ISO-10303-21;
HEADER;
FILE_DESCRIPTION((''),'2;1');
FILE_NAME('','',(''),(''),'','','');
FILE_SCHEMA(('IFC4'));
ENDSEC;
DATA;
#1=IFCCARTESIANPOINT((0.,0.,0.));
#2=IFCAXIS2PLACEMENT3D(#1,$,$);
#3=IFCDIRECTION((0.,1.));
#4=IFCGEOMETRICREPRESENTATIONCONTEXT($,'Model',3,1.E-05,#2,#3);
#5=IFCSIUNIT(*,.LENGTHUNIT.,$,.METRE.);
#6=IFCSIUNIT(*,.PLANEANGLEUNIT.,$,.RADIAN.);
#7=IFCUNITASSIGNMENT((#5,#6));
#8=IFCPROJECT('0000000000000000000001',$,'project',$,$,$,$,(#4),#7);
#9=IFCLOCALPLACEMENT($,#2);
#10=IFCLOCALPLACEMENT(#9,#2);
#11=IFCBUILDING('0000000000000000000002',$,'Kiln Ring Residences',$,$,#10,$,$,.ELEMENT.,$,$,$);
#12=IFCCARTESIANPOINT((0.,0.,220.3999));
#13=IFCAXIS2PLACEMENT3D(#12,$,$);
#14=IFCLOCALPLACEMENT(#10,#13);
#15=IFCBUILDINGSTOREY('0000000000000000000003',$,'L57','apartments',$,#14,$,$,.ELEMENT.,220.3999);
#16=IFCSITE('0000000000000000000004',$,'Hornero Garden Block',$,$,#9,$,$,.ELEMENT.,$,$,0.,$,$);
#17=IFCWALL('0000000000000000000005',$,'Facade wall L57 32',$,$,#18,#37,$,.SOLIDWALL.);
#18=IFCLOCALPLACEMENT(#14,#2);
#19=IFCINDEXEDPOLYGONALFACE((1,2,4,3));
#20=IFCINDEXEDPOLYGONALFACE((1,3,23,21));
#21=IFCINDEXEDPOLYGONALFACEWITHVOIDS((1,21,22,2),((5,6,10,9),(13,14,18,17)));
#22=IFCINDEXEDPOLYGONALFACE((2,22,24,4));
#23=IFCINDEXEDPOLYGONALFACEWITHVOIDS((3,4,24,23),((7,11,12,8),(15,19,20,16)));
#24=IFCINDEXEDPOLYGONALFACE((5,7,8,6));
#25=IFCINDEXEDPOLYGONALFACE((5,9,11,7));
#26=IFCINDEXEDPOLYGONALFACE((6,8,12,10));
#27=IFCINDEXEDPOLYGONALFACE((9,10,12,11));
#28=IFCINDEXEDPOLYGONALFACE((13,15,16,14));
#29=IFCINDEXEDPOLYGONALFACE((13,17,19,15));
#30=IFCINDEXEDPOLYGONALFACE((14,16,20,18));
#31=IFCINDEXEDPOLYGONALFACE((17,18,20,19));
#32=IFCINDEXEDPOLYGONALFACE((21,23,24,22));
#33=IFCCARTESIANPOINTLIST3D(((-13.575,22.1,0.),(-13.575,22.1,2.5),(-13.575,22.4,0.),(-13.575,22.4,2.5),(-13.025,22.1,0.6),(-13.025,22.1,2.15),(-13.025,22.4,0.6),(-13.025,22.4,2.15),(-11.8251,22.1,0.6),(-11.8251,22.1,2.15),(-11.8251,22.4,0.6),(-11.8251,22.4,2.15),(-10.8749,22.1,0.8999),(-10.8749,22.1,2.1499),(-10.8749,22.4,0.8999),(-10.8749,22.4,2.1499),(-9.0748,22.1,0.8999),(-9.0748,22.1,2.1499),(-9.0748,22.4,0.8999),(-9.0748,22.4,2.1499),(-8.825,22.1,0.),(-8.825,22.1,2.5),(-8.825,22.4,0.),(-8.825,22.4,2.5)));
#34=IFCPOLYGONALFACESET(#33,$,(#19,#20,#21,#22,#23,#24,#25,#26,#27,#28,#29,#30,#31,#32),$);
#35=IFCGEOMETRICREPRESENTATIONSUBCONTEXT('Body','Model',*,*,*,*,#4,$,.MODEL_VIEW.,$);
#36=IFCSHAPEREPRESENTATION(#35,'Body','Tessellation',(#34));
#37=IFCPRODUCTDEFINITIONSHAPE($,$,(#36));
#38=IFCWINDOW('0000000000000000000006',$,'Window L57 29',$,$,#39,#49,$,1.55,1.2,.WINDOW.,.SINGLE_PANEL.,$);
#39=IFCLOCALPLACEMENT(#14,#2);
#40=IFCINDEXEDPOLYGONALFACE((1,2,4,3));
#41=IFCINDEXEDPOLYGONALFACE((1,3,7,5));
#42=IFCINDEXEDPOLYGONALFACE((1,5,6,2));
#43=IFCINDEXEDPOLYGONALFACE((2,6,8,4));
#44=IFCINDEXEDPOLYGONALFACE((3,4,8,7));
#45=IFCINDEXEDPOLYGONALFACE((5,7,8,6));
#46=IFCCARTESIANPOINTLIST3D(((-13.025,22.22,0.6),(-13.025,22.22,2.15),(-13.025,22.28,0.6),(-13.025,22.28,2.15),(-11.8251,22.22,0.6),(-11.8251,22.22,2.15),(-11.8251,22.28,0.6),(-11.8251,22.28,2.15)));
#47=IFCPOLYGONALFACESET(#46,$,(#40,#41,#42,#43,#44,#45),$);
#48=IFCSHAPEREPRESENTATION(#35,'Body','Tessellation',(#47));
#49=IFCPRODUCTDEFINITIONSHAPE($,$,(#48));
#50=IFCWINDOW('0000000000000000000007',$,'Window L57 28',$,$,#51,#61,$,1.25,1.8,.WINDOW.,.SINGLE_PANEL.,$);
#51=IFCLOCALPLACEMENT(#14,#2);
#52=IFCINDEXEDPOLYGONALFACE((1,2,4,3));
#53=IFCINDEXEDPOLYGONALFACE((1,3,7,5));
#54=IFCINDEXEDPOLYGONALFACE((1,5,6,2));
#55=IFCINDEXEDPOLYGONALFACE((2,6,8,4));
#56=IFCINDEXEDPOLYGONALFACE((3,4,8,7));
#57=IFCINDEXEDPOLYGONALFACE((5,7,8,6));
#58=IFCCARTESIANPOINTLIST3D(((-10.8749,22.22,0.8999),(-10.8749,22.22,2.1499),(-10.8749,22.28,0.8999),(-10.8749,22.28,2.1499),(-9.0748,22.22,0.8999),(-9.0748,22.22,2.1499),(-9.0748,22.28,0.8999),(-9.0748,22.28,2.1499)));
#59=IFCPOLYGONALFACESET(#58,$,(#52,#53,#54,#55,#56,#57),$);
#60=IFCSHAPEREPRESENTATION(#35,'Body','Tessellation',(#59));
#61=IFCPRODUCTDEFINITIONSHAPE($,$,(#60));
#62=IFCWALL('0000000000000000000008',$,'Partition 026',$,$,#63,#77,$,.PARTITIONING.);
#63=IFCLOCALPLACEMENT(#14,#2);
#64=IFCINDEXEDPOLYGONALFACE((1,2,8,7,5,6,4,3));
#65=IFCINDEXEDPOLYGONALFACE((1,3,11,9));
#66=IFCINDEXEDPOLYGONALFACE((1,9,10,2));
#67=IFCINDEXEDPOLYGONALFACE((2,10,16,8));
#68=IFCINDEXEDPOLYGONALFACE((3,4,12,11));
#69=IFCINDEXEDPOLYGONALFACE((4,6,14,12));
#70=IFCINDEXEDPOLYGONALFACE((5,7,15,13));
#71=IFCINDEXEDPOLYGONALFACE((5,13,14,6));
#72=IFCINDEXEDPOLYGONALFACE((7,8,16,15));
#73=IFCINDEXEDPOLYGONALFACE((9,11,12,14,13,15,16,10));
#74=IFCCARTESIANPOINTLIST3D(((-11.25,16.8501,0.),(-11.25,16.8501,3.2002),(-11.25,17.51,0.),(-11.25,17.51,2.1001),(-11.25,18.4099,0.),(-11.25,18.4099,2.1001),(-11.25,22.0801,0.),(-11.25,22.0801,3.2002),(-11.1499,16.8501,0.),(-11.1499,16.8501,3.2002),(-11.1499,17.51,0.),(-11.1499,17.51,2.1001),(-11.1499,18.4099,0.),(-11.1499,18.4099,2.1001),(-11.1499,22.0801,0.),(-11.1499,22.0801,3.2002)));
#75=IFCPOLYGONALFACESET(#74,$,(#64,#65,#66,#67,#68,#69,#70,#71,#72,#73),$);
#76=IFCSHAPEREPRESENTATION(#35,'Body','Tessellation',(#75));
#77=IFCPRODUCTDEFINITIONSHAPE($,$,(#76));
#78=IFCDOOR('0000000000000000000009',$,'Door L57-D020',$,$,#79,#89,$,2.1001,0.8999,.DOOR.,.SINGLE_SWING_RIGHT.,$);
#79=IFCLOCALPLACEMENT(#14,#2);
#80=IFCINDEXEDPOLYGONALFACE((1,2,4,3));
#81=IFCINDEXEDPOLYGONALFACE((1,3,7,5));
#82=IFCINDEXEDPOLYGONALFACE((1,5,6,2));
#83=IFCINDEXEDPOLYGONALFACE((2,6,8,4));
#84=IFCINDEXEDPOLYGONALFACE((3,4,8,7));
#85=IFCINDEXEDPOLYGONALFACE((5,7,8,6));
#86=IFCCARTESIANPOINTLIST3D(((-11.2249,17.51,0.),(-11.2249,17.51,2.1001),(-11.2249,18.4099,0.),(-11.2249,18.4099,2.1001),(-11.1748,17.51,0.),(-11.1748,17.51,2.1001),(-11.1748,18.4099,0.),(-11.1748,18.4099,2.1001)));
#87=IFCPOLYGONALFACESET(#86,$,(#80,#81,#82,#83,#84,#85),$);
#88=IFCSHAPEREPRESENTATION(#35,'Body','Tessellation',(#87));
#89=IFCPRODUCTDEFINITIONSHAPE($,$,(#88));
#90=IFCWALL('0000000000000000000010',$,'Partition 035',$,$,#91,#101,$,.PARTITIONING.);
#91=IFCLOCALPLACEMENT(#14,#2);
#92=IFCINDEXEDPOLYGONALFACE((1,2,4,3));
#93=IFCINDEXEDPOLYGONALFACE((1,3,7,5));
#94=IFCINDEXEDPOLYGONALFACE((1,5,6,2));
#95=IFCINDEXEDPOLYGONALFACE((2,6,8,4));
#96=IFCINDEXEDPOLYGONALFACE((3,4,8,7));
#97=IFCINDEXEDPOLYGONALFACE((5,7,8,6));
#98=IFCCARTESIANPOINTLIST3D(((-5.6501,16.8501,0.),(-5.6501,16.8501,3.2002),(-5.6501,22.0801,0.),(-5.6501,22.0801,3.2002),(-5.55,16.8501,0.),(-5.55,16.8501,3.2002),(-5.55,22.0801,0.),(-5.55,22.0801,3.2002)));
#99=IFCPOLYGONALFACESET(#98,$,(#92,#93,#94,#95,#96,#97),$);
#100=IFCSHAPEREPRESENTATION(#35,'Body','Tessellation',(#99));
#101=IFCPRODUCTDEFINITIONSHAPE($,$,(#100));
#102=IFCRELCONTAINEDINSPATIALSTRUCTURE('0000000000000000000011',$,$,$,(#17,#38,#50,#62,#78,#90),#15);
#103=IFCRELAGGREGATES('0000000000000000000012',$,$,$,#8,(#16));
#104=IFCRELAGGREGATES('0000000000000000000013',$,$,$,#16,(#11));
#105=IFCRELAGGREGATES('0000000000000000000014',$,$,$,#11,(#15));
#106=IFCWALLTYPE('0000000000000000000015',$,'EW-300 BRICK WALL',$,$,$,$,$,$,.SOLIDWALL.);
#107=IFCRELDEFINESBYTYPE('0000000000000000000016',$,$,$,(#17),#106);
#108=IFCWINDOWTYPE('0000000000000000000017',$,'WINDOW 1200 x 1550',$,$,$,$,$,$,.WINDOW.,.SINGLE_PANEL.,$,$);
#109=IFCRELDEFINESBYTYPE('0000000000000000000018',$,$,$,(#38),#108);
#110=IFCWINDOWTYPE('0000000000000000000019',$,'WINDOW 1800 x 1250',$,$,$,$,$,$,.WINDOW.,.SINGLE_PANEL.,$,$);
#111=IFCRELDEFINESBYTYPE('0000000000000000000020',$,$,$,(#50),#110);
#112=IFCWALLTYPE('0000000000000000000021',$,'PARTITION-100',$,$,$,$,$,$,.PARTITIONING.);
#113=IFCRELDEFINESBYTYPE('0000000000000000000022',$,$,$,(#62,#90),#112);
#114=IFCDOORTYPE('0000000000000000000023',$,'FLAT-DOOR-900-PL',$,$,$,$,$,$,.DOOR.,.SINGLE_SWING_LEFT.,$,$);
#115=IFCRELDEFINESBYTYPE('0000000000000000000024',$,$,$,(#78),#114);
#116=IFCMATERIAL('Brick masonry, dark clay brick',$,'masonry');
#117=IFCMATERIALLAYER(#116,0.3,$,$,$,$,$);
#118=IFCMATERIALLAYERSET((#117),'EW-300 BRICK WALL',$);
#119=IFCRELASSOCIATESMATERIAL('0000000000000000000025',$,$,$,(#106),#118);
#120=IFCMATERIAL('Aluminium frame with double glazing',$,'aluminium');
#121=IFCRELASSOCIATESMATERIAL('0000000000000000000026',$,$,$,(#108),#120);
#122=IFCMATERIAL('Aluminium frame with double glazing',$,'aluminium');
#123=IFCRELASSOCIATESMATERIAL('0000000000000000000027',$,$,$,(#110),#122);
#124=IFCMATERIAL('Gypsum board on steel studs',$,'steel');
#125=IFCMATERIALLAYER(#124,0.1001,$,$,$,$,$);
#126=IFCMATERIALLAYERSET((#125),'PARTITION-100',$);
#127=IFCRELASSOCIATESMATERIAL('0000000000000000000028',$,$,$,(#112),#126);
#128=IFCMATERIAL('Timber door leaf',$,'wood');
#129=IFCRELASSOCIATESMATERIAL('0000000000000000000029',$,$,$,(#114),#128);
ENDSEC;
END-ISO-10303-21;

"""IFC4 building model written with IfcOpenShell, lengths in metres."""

from ifc_helpers import new_model, si_unit, direction, frame, frame_2d, origin, place, context, subcontext, project, spatial, rectangle, extrude, material, layer, layer_set, type_object, element, fill, save


model = new_model("IFC4")

# Units and contexts
model_context = context("Model", 3, precision=1e-05, world=origin(), true_north=direction((0.0, 1.0)))
body_context = subcontext(model_context, "Body", "Model", "MODEL_VIEW")
ifc_project = project(units=[si_unit("LENGTHUNIT", "METRE"), si_unit("PLANEANGLEUNIT", "RADIAN")], contexts=[model_context])

# Site, building, storey
site_placement = place(None, origin())
site = spatial("IfcSite", under=ifc_project, at=site_placement, Name="Hornero Garden Block", CompositionType="ELEMENT", RefElevation=0.0)
building_placement = place(site_placement, origin())
building = spatial("IfcBuilding", under=site, at=building_placement, Name="Kiln Ring Residences", CompositionType="ELEMENT")
storey_placement = place(building_placement, frame((0.0, 0.0, 220.3999)))
storey = spatial("IfcBuildingStorey", under=building, at=storey_placement, Name="L57", Description="apartments", CompositionType="ELEMENT", Elevation=220.3999)

# Wall, openings, windows
ifc_material_1 = material(Name="Brick masonry, dark clay brick", Category="masonry")
ifc_layer_1 = layer(ifc_material_1, 0.3)
ifc_layer_set_1 = layer_set([ifc_layer_1], Name="EW-300 BRICK WALL")
wall_type_1 = type_object("IfcWallType", Name="EW-300 BRICK WALL", PredefinedType="SOLIDWALL", material=ifc_layer_set_1)
ifc_material_2 = material(Name="Aluminium frame with double glazing", Category="aluminium")
window_type_1 = type_object("IfcWindowType", Name="WINDOW 1200 x 1550", PartitioningType="SINGLE_PANEL", PredefinedType="WINDOW", material=ifc_material_2)
wall_1_placement = place(storey_placement, frame((-8.825, 22.25, 0.0), z_axis=(0.0, 0.0, 1.0), x_axis=(-1.0, 0.0, 0.0)))
wall_1 = element("IfcWall", 1, at=wall_1_placement, inside=storey, type_object=wall_type_1, Name="Facade wall L57 32", PredefinedType="SOLIDWALL", context=body_context, shape_type="SweptSolid", body=[
    extrude(rectangle(XDim=4.75, YDim=0.3, at=frame_2d((2.375, 0.0))), origin(), (0.0, 0.0, 1.0), 2.5),
])
opening_1_placement = place(wall_1_placement, frame((0.25, 0.0, 0.8999)))
opening_1 = element("IfcOpeningElement", 2, at=opening_1_placement, cuts=wall_1, PredefinedType="OPENING", context=body_context, shape_type="SweptSolid", body=[
    extrude(rectangle(XDim=1.8, YDim=1.25, at=frame_2d((0.8999, 0.625))), frame((0.0, 0.1599, 0.0), z_axis=(0.0, -1.0, 0.0), x_axis=(1.0, 0.0, 0.0)), (0.0, 0.0, 1.0), 0.3201),
])
opening_2_placement = place(wall_1_placement, frame((3.0, 0.0, 0.6001)))
opening_2 = element("IfcOpeningElement", 3, at=opening_2_placement, cuts=wall_1, PredefinedType="OPENING", context=body_context, shape_type="SweptSolid", body=[
    extrude(rectangle(XDim=1.2, YDim=1.55, at=frame_2d((0.6001, 0.7749))), frame((0.0, 0.1599, 0.0), z_axis=(0.0, -1.0, 0.0), x_axis=(1.0, 0.0, 0.0)), (0.0, 0.0, 1.0), 0.3201),
])
window_1_placement = place(opening_2_placement, origin())
window_1 = element("IfcWindow", 4, at=window_1_placement, inside=storey, type_object=window_type_1, Name="Window L57 29", OverallHeight=1.55, OverallWidth=1.2, PartitioningType="SINGLE_PANEL", PredefinedType="WINDOW", context=body_context, shape_type="SweptSolid", body=[
    extrude(rectangle(XDim=1.2, YDim=1.55, at=frame_2d((0.6001, 0.7749))), frame((0.0, 0.03, 0.0), z_axis=(0.0, -1.0, 0.0), x_axis=(1.0, 0.0, 0.0)), (0.0, 0.0, 1.0), 0.0601),
])
fill(opening_2, window_1)
ifc_material_3 = material(Name="Aluminium frame with double glazing", Category="aluminium")
window_type_2 = type_object("IfcWindowType", Name="WINDOW 1800 x 1250", PartitioningType="SINGLE_PANEL", PredefinedType="WINDOW", material=ifc_material_3)
window_2_placement = place(opening_1_placement, origin())
window_2 = element("IfcWindow", 5, at=window_2_placement, inside=storey, type_object=window_type_2, Name="Window L57 28", OverallHeight=1.25, OverallWidth=1.8, PartitioningType="SINGLE_PANEL", PredefinedType="WINDOW", context=body_context, shape_type="SweptSolid", body=[
    extrude(rectangle(XDim=1.8, YDim=1.25, at=frame_2d((0.8999, 0.625))), frame((0.0, 0.03, 0.0), z_axis=(0.0, -1.0, 0.0), x_axis=(1.0, 0.0, 0.0)), (0.0, 0.0, 1.0), 0.0601),
])
fill(opening_1, window_2)

# Wall, opening, door
ifc_material_4 = material(Name="Gypsum board on steel studs", Category="steel")
ifc_layer_2 = layer(ifc_material_4, 0.1001)
ifc_layer_set_2 = layer_set([ifc_layer_2], Name="PARTITION-100")
wall_type_2 = type_object("IfcWallType", Name="PARTITION-100", PredefinedType="PARTITIONING", material=ifc_layer_set_2)
wall_2_placement = place(storey_placement, frame((-11.2, 16.8501, 0.0), z_axis=(0.0, 0.0, 1.0), x_axis=(0.0, 1.0, 0.0)))
wall_2 = element("IfcWall", 6, at=wall_2_placement, inside=storey, type_object=wall_type_2, Name="Partition 026", PredefinedType="PARTITIONING", context=body_context, shape_type="SweptSolid", body=[
    extrude(rectangle(XDim=5.23, YDim=0.1001, at=frame_2d((2.615, 0.0))), origin(), (0.0, 0.0, 1.0), 3.2002),
])
opening_3_placement = place(wall_2_placement, frame((0.6599, 0.0, 0.0)))
opening_3 = element("IfcOpeningElement", 7, at=opening_3_placement, cuts=wall_2, PredefinedType="OPENING", context=body_context, shape_type="SweptSolid", body=[
    extrude(rectangle(XDim=0.8999, YDim=2.1001, at=frame_2d((0.45, 1.05))), frame((0.0, 0.0601, 0.0), z_axis=(0.0, -1.0, 0.0), x_axis=(1.0, 0.0, 0.0)), (0.0, 0.0, 1.0), 0.1201),
])
ifc_material_5 = material(Name="Timber door leaf", Category="wood")
door_type = type_object("IfcDoorType", Name="FLAT-DOOR-900-PL", OperationType="SINGLE_SWING_LEFT", PredefinedType="DOOR", material=ifc_material_5)
door_placement = place(opening_3_placement, origin())
door = element("IfcDoor", 8, at=door_placement, inside=storey, type_object=door_type, Name="Door L57-D020", OperationType="SINGLE_SWING_RIGHT", OverallHeight=2.1001, OverallWidth=0.8999, PredefinedType="DOOR", context=body_context, shape_type="SweptSolid", body=[
    extrude(rectangle(XDim=0.8999, YDim=2.1001, at=frame_2d((0.45, 1.05))), frame((0.0, 0.0249, 0.0), z_axis=(0.0, -1.0, 0.0), x_axis=(1.0, 0.0, 0.0)), (0.0, 0.0, 1.0), 0.05),
])
fill(opening_3, door)

# Wall
wall_3_placement = place(storey_placement, frame((-5.6001, 16.8501, 0.0), z_axis=(0.0, 0.0, 1.0), x_axis=(0.0, 1.0, 0.0)))
element("IfcWall", 9, at=wall_3_placement, inside=storey, type_object=wall_type_2, Name="Partition 035", PredefinedType="PARTITIONING", context=body_context, shape_type="SweptSolid", body=[
    extrude(rectangle(XDim=5.23, YDim=0.1001, at=frame_2d((2.615, 0.0))), origin(), (0.0, 0.0, 1.0), 3.2002),
])

save(model, "model.ifc")
